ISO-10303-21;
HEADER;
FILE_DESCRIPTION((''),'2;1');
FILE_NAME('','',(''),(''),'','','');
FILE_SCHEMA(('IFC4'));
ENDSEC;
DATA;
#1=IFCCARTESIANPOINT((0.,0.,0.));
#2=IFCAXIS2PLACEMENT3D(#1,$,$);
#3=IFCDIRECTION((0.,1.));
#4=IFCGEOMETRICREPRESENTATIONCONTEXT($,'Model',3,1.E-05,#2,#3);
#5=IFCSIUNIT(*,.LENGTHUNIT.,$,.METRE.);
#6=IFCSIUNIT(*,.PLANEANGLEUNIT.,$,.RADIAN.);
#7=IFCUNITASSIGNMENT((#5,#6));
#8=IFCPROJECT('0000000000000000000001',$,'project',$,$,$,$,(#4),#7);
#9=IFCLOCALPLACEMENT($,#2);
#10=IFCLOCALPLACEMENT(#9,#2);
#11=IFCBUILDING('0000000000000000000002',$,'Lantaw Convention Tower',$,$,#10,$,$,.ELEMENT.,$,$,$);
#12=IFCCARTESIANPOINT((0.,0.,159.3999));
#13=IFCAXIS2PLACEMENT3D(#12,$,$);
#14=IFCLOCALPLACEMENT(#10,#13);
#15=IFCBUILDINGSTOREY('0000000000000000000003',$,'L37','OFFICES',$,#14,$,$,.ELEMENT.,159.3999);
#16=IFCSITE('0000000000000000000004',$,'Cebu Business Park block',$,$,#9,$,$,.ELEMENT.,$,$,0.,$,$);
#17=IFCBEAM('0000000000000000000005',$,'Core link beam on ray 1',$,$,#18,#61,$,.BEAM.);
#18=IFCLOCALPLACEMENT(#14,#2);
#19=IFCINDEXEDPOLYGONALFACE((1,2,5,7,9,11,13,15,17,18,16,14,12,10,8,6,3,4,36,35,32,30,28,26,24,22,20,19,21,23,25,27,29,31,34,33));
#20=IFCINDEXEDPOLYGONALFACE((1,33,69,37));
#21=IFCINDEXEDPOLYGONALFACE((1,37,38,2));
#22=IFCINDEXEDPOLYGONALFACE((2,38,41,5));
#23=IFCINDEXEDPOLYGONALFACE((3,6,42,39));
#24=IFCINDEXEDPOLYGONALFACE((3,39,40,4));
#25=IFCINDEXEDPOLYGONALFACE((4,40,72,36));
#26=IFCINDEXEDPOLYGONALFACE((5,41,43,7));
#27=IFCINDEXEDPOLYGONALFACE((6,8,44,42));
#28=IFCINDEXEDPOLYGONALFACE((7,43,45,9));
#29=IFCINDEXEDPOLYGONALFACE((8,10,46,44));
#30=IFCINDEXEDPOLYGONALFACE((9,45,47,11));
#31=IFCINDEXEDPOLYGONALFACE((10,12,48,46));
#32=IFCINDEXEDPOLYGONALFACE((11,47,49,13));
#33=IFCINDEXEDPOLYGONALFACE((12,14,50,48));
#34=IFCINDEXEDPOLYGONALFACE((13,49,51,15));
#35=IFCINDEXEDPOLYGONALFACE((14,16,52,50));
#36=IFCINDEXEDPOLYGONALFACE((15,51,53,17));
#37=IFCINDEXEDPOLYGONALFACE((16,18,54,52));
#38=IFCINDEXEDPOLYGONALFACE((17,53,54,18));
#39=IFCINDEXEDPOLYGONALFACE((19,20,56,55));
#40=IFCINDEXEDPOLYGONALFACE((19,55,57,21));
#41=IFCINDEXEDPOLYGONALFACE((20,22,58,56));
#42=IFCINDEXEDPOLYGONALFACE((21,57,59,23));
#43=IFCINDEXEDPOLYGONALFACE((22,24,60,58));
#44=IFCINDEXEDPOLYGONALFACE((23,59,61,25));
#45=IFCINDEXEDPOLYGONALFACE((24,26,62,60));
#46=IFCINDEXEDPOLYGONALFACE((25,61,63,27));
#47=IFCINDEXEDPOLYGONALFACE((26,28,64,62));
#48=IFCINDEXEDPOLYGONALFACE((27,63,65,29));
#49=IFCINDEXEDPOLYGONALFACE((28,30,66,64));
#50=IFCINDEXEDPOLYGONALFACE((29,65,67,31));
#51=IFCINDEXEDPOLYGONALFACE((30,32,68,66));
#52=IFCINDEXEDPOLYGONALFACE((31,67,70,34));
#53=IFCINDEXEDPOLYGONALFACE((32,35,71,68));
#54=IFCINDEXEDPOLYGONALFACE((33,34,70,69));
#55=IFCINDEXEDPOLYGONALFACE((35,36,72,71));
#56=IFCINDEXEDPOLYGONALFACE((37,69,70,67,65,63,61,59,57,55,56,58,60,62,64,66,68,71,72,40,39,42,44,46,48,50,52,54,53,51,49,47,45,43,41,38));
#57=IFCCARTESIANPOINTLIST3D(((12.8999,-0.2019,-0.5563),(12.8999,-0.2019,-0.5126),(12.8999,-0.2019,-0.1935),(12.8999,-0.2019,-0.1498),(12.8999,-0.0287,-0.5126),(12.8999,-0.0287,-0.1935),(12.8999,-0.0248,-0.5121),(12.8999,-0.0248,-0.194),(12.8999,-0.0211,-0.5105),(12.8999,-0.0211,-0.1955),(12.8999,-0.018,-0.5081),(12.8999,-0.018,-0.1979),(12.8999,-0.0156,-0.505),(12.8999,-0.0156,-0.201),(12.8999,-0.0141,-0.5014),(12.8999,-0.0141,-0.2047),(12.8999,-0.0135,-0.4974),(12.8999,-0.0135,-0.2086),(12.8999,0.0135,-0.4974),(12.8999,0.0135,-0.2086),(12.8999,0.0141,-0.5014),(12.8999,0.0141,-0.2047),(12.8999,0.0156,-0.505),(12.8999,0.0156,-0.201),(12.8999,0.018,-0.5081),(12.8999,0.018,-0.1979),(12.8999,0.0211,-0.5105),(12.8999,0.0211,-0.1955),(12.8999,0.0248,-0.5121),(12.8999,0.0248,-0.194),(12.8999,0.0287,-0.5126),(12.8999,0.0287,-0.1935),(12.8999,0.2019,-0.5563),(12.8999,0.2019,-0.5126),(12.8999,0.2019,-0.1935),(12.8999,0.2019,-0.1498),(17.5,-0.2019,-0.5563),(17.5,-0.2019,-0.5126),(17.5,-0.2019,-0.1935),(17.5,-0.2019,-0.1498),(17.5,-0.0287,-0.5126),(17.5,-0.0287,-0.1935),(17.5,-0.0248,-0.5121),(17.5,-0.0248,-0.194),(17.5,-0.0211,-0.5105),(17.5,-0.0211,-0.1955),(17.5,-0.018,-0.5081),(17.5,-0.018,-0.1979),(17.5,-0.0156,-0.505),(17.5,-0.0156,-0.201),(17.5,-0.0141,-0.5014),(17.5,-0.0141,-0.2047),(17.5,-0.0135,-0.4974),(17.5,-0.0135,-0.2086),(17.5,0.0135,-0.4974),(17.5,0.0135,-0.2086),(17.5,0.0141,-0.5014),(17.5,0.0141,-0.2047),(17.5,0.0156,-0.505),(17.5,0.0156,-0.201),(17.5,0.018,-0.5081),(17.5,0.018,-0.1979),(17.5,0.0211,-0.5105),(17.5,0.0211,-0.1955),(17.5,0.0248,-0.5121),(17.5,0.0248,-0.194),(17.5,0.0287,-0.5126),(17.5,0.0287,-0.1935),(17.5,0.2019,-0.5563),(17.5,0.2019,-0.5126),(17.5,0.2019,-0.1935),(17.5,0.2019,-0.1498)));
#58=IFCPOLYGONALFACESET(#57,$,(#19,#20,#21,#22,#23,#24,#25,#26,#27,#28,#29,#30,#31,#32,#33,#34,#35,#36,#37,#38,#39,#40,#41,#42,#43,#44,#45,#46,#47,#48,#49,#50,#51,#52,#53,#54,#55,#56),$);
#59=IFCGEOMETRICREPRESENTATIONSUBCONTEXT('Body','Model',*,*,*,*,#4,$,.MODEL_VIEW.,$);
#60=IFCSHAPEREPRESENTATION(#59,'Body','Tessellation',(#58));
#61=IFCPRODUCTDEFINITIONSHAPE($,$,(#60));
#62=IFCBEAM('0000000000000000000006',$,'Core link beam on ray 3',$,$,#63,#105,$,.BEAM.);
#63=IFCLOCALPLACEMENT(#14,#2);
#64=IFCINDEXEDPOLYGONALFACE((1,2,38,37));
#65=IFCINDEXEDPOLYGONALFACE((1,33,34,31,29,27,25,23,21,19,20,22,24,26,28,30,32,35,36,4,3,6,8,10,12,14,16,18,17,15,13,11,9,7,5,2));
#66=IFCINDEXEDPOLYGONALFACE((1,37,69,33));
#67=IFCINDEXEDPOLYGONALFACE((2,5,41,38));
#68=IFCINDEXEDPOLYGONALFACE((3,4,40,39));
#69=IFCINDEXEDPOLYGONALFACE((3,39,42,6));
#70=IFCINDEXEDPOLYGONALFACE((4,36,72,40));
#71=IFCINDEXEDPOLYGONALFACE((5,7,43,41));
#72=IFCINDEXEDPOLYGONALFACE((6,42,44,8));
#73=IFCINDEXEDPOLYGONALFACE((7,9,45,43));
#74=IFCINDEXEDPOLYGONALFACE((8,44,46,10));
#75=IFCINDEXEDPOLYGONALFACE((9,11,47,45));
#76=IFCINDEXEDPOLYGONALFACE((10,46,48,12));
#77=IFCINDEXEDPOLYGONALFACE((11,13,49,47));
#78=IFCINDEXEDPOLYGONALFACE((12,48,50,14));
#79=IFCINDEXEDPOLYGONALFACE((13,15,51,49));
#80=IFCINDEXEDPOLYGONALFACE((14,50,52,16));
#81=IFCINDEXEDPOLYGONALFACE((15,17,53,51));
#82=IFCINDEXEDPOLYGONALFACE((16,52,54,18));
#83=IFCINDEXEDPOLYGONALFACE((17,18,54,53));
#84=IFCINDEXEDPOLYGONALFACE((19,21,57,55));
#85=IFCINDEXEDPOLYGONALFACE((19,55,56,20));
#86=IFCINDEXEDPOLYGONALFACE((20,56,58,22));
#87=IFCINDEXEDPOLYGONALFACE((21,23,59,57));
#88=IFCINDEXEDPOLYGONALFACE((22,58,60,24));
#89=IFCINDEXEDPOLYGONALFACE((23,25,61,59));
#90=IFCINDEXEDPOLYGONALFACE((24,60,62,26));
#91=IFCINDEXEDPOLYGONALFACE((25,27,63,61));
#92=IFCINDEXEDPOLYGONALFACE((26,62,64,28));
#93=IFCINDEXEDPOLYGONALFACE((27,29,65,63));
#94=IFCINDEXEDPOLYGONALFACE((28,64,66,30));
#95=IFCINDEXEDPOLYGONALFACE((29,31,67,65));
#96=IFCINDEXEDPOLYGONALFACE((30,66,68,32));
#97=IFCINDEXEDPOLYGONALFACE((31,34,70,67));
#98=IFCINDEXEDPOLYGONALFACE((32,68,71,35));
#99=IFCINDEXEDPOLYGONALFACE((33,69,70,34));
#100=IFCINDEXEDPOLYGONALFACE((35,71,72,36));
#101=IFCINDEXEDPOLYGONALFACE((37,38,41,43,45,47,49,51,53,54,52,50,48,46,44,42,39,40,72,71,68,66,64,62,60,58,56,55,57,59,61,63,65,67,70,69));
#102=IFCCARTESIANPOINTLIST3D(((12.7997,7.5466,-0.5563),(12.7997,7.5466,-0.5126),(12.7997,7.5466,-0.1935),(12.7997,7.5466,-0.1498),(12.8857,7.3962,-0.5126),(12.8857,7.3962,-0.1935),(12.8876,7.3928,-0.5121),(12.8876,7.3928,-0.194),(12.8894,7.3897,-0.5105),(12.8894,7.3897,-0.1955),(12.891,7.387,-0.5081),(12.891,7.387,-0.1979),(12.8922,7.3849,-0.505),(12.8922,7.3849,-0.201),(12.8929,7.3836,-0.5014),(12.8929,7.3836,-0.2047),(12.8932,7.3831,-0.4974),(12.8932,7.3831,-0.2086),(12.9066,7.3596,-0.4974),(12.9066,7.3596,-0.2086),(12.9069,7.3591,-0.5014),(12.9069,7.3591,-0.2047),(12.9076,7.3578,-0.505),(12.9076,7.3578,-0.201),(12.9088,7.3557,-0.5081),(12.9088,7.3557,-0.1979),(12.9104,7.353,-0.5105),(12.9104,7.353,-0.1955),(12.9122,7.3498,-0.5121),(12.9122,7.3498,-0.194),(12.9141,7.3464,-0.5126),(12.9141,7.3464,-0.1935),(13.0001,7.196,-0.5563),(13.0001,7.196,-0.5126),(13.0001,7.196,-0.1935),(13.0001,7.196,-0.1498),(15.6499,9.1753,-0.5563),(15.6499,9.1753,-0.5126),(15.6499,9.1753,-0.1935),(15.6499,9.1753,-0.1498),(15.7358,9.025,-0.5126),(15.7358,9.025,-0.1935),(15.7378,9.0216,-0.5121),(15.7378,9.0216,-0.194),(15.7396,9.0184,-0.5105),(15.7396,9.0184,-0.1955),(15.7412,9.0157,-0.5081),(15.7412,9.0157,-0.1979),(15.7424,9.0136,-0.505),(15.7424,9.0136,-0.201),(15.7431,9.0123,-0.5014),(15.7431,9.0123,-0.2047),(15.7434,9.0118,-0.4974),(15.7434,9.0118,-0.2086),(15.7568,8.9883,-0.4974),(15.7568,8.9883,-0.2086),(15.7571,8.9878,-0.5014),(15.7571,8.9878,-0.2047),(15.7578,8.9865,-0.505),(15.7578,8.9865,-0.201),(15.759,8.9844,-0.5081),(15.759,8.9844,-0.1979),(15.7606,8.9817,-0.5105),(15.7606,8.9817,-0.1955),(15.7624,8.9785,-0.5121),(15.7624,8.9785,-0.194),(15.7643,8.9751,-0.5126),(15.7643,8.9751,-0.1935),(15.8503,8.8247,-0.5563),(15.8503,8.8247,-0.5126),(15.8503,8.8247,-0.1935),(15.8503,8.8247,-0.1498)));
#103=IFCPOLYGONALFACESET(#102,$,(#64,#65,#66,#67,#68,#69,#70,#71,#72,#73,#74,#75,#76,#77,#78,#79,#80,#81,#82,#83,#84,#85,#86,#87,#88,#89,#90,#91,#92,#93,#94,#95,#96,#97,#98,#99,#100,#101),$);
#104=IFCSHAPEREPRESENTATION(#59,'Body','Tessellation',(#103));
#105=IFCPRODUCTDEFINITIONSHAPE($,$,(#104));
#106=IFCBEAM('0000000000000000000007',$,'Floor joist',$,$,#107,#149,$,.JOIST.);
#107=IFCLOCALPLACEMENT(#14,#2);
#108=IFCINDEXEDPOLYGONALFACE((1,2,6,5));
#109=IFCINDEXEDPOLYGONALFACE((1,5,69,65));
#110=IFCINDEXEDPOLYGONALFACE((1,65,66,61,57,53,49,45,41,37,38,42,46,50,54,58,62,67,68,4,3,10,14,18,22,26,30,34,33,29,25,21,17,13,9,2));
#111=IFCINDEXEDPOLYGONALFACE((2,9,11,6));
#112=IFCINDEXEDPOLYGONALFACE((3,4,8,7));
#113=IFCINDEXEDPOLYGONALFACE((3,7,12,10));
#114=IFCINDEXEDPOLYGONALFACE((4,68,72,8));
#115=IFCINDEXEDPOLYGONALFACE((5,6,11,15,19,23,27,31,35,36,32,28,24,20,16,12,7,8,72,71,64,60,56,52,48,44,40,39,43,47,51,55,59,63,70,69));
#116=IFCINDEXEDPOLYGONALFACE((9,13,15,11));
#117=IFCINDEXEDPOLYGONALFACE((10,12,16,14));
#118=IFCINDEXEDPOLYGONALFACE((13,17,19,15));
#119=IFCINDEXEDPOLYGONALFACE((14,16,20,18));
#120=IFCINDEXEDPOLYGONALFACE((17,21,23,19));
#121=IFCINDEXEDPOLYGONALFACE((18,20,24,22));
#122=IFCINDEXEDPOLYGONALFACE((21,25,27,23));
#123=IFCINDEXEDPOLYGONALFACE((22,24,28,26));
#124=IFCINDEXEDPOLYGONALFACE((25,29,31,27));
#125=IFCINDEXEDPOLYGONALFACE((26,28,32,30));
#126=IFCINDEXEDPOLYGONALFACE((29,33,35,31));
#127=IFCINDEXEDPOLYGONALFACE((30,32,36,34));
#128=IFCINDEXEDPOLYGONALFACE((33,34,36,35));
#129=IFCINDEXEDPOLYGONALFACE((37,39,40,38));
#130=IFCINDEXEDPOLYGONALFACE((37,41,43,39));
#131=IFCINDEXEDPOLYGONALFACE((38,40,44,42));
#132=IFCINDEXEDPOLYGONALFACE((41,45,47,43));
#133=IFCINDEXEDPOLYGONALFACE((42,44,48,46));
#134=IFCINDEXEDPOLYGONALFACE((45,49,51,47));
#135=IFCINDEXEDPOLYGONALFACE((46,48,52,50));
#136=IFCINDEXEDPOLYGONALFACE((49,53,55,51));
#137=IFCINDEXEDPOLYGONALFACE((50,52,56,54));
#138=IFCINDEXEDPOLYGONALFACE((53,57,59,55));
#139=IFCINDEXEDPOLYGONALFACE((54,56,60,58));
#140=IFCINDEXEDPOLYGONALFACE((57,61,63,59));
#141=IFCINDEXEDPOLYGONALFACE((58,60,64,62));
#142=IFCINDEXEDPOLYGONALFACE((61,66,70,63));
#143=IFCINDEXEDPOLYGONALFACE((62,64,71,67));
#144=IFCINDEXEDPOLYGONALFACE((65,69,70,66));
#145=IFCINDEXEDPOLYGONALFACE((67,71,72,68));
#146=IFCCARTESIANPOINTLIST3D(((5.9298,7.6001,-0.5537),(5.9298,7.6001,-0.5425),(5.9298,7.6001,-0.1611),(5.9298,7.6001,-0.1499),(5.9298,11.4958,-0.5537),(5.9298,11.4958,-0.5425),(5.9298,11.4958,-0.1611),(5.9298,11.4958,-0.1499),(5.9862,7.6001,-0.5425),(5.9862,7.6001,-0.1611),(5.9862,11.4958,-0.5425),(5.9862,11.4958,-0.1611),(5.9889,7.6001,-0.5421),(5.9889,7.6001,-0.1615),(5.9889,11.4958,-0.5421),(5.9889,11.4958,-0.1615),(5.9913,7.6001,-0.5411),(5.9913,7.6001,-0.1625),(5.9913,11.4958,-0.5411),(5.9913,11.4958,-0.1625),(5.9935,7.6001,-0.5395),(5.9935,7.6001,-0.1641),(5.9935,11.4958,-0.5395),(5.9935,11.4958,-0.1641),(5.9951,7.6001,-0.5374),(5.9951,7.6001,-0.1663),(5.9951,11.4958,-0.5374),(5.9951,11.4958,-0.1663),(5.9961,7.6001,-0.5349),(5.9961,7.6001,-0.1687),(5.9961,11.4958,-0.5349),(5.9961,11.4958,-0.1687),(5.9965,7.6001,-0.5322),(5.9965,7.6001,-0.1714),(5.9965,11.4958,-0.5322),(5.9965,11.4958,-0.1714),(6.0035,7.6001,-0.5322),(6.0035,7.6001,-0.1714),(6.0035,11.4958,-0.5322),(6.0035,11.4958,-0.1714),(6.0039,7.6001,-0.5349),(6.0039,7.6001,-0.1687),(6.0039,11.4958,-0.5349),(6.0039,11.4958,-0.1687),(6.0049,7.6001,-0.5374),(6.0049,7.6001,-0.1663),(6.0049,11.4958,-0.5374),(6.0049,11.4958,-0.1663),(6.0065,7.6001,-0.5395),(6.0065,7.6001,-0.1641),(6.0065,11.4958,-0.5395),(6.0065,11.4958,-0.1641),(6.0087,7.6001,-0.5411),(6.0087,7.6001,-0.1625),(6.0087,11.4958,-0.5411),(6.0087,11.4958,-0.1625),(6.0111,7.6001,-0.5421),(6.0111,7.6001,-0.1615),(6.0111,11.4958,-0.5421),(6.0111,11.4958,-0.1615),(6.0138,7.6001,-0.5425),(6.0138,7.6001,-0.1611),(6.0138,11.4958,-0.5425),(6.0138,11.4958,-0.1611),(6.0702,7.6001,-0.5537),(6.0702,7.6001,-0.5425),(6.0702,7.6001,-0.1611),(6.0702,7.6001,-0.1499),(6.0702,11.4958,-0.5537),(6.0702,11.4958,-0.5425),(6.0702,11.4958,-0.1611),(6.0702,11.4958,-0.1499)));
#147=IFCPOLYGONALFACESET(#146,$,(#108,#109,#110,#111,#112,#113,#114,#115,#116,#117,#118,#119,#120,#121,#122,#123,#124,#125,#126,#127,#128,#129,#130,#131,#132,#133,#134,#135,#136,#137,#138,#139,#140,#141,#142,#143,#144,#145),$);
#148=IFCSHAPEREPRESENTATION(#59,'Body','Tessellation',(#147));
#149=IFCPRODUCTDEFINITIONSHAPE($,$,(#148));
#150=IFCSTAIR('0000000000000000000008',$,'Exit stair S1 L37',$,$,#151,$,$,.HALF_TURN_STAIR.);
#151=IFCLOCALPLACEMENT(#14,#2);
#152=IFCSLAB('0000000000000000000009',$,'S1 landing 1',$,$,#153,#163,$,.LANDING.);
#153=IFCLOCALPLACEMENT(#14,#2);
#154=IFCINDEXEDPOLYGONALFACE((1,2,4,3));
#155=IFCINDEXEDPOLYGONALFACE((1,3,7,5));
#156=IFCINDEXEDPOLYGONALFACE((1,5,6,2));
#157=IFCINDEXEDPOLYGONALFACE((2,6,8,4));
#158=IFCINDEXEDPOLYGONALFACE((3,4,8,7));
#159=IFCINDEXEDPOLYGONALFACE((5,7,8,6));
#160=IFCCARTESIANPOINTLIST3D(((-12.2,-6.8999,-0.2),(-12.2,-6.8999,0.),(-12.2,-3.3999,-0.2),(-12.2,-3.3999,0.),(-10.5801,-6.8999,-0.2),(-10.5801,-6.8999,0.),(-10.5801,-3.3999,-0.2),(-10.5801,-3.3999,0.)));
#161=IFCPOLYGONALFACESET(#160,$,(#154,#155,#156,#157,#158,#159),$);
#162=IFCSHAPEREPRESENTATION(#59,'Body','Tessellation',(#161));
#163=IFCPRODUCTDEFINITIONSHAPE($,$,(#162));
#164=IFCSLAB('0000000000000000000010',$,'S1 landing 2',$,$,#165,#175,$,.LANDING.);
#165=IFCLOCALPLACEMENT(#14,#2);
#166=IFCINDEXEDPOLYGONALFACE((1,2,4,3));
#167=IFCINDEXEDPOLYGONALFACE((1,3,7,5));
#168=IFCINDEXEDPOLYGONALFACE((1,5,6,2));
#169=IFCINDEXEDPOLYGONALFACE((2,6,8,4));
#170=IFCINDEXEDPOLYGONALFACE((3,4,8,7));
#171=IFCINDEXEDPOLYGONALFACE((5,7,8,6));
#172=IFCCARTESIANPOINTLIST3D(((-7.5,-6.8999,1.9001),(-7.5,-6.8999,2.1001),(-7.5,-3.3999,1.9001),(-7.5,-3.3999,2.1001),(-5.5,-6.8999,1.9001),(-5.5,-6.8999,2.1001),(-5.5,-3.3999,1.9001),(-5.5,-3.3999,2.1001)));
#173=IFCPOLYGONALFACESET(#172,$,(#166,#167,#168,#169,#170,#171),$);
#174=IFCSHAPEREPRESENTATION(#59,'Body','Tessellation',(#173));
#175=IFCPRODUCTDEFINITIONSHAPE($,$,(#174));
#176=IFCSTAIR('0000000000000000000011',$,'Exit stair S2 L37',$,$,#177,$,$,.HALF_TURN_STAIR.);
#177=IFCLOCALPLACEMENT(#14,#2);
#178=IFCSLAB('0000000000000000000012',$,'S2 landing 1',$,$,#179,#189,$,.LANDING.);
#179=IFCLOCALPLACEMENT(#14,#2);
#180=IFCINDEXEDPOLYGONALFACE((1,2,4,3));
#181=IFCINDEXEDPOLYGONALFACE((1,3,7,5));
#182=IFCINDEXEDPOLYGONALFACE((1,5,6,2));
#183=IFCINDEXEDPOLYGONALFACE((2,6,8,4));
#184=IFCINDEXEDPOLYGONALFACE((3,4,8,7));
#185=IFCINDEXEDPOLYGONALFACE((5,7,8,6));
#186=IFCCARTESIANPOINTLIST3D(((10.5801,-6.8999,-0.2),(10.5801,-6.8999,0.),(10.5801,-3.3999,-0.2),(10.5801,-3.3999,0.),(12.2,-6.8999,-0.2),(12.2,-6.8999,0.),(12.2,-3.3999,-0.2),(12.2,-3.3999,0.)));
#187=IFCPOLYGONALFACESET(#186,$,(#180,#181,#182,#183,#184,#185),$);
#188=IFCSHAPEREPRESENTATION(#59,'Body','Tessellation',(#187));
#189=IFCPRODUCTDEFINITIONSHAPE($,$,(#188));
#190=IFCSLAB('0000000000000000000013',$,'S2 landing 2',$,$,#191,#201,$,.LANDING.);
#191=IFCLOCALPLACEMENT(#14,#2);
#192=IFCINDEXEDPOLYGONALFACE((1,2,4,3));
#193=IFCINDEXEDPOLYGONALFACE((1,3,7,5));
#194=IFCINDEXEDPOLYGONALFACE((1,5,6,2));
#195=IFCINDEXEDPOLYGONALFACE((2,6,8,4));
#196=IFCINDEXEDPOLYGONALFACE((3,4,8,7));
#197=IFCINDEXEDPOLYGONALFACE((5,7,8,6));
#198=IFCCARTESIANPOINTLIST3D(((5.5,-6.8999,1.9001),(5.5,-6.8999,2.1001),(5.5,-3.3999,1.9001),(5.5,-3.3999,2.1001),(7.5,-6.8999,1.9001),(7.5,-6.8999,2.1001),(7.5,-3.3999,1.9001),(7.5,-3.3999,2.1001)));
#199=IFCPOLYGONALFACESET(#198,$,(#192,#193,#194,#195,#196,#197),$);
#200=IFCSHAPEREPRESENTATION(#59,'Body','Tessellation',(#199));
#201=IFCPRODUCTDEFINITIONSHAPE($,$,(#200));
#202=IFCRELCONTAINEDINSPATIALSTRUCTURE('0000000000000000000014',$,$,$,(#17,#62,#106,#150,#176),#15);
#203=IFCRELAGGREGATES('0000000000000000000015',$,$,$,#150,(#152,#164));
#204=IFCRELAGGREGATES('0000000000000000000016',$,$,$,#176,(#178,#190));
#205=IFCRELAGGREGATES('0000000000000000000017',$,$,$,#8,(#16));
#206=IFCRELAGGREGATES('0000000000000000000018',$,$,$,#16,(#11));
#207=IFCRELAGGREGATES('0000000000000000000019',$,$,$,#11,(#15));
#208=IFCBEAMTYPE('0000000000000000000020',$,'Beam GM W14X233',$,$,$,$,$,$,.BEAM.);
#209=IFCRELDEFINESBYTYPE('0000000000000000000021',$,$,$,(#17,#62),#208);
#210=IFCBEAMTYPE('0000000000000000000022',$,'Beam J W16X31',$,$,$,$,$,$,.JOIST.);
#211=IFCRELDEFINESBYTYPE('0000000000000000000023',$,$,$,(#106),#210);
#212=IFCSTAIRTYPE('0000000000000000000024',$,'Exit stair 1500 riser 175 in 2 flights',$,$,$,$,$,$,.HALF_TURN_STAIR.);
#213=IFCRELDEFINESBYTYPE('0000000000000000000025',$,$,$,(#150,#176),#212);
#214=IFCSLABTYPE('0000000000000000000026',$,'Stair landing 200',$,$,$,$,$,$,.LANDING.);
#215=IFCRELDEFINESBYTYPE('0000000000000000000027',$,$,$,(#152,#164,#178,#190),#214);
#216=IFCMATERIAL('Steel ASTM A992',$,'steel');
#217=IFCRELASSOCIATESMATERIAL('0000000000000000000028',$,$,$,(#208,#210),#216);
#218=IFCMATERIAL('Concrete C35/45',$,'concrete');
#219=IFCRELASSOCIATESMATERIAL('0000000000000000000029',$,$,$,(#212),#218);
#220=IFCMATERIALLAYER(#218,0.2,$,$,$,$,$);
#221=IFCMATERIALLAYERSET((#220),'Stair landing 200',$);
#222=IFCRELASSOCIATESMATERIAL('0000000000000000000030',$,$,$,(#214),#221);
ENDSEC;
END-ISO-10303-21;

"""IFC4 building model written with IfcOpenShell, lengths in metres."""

from ifc_helpers import new_model, si_unit, direction, frame, origin, origin_2d, place, context, subcontext, project, spatial, polyline, i_section, outline, extrude, material, layer, layer_set, material_profile, profile_set, type_object, element, aggregate, save


model = new_model("IFC4")

# Units and contexts
model_context = context("Model", 3, precision=1e-05, world=origin(), true_north=direction((0.0, 1.0)))
body_context = subcontext(model_context, "Body", "Model", "MODEL_VIEW")
ifc_project = project(units=[si_unit("LENGTHUNIT", "METRE"), si_unit("PLANEANGLEUNIT", "RADIAN")], contexts=[model_context])

# Site, building, storey
site_placement = place(None, origin())
site = spatial("IfcSite", under=ifc_project, at=site_placement, Name="Cebu Business Park block", CompositionType="ELEMENT", RefElevation=0.0)
building_placement = place(site_placement, origin())
building = spatial("IfcBuilding", under=site, at=building_placement, Name="Lantaw Convention Tower", CompositionType="ELEMENT")
storey_placement = place(building_placement, frame((0.0, 0.0, 159.3999)))
storey = spatial("IfcBuildingStorey", under=building, at=storey_placement, Name="L37", Description="OFFICES", CompositionType="ELEMENT", Elevation=159.3999)

# Beams
ifc_material_1 = material(Name="Steel ASTM A992", Category="steel")
ifc_material_profile_1 = material_profile(ifc_material_1, i_section(OverallWidth=0.4038, OverallDepth=0.4065, WebThickness=0.0271, FlangeThickness=0.0437, FilletRadius=0.0151, at=origin_2d()), Name="W14X233")
ifc_profile_set_1 = profile_set([ifc_material_profile_1], Name="Steel ASTM A992")
beam_type_1 = type_object("IfcBeamType", Name="Beam GM W14X233", PredefinedType="BEAM", material=ifc_profile_set_1)
beam_1_placement = place(storey_placement, frame((12.8999, 0.0, -0.353), z_axis=(1.0, 0.0, 0.0), x_axis=(0.0, 1.0, 0.0)))
element("IfcBeam", 1, at=beam_1_placement, inside=storey, type_object=beam_type_1, Name="Core link beam on ray 1", PredefinedType="BEAM", context=body_context, shape_type="SweptSolid", body=[
    extrude(i_section(OverallWidth=0.4038, OverallDepth=0.4065, WebThickness=0.0271, FlangeThickness=0.0437, FilletRadius=0.0151, at=origin_2d()), origin(), (0.0, 0.0, 1.0), 4.6001),
])
beam_2_placement = place(storey_placement, frame((12.8999, 7.3713, -0.353), z_axis=(0.868239, 0.496147, 0.0), x_axis=(-0.496147, 0.868239, 0.0)))
element("IfcBeam", 2, at=beam_2_placement, inside=storey, type_object=beam_type_1, Name="Core link beam on ray 3", PredefinedType="BEAM", context=body_context, shape_type="SweptSolid", body=[
    extrude(i_section(OverallWidth=0.4038, OverallDepth=0.4065, WebThickness=0.0271, FlangeThickness=0.0437, FilletRadius=0.0151, at=origin_2d()), origin(), (0.0, 0.0, 1.0), 3.2827),
])
ifc_material_profile_2 = material_profile(ifc_material_1, i_section(OverallWidth=0.1404, OverallDepth=0.4038, WebThickness=0.0071, FlangeThickness=0.0112, FilletRadius=0.0103, at=origin_2d()), Name="W16X31")
ifc_profile_set_2 = profile_set([ifc_material_profile_2], Name="Steel ASTM A992")
beam_type_2 = type_object("IfcBeamType", Name="Beam J W16X31", PredefinedType="JOIST", material=ifc_profile_set_2)
beam_3_placement = place(storey_placement, frame((6.0, 7.6001, -0.3518), z_axis=(0.0, 1.0, 0.0), x_axis=(-1.0, 0.0, 0.0)))
element("IfcBeam", 3, at=beam_3_placement, inside=storey, type_object=beam_type_2, Name="Floor joist", PredefinedType="JOIST", context=body_context, shape_type="SweptSolid", body=[
    extrude(i_section(OverallWidth=0.1404, OverallDepth=0.4038, WebThickness=0.0071, FlangeThickness=0.0112, FilletRadius=0.0103, at=origin_2d()), origin(), (0.0, 0.0, 1.0), 3.8958),
])

# Stairs, slabs
ifc_material_2 = material(Name="Concrete C35/45", Category="concrete")
stair_type = type_object("IfcStairType", Name="Exit stair 1500 riser 175 in 2 flights", PredefinedType="HALF_TURN_STAIR", material=ifc_material_2)
stair_1_placement = place(storey_placement, origin())
stair_1 = element("IfcStair", 4, at=stair_1_placement, inside=storey, type_object=stair_type, Name="Exit stair S1 L37", PredefinedType="HALF_TURN_STAIR")
ifc_layer_1 = layer(ifc_material_2, 0.2)
ifc_layer_set_1 = layer_set([ifc_layer_1], Name="Stair landing 200")
slab_type = type_object("IfcSlabType", Name="Stair landing 200", PredefinedType="LANDING", material=ifc_layer_set_1)
slab_1_placement = place(storey_placement, frame((0.0, 0.0, -0.2)))
slab_1 = element("IfcSlab", 5, at=slab_1_placement, type_object=slab_type, Name="S1 landing 1", PredefinedType="LANDING", context=body_context, shape_type="SweptSolid", body=[
    extrude(outline(polyline([(-12.2, -6.8999), (-10.5801, -6.8999), (-10.5801, -3.3999), (-12.2, -3.3999), (-12.2, -6.8999)])), origin(), (0.0, 0.0, 1.0), 0.2),
])
slab_2_placement = place(storey_placement, frame((0.0, 0.0, 1.9001)))
slab_2 = element("IfcSlab", 6, at=slab_2_placement, type_object=slab_type, Name="S1 landing 2", PredefinedType="LANDING", context=body_context, shape_type="SweptSolid", body=[
    extrude(outline(polyline([(-7.5, -6.8999), (-5.5, -6.8999), (-5.5, -3.3999), (-7.5, -3.3999), (-7.5, -6.8999)])), origin(), (0.0, 0.0, 1.0), 0.2),
])
aggregate(stair_1, [slab_1, slab_2])
stair_2_placement = place(storey_placement, origin())
stair_2 = element("IfcStair", 7, at=stair_2_placement, inside=storey, type_object=stair_type, Name="Exit stair S2 L37", PredefinedType="HALF_TURN_STAIR")
slab_3_placement = place(storey_placement, frame((0.0, 0.0, -0.2)))
slab_3 = element("IfcSlab", 8, at=slab_3_placement, type_object=slab_type, Name="S2 landing 1", PredefinedType="LANDING", context=body_context, shape_type="SweptSolid", body=[
    extrude(outline(polyline([(10.5801, -6.8999), (12.2, -6.8999), (12.2, -3.3999), (10.5801, -3.3999), (10.5801, -6.8999)])), origin(), (0.0, 0.0, 1.0), 0.2),
])
slab_4_placement = place(storey_placement, frame((0.0, 0.0, 1.9001)))
slab_4 = element("IfcSlab", 9, at=slab_4_placement, type_object=slab_type, Name="S2 landing 2", PredefinedType="LANDING", context=body_context, shape_type="SweptSolid", body=[
    extrude(outline(polyline([(5.5, -6.8999), (7.5, -6.8999), (7.5, -3.3999), (5.5, -3.3999), (5.5, -6.8999)])), origin(), (0.0, 0.0, 1.0), 0.2),
])
aggregate(stair_2, [slab_3, slab_4])

save(model, "model.ifc")
